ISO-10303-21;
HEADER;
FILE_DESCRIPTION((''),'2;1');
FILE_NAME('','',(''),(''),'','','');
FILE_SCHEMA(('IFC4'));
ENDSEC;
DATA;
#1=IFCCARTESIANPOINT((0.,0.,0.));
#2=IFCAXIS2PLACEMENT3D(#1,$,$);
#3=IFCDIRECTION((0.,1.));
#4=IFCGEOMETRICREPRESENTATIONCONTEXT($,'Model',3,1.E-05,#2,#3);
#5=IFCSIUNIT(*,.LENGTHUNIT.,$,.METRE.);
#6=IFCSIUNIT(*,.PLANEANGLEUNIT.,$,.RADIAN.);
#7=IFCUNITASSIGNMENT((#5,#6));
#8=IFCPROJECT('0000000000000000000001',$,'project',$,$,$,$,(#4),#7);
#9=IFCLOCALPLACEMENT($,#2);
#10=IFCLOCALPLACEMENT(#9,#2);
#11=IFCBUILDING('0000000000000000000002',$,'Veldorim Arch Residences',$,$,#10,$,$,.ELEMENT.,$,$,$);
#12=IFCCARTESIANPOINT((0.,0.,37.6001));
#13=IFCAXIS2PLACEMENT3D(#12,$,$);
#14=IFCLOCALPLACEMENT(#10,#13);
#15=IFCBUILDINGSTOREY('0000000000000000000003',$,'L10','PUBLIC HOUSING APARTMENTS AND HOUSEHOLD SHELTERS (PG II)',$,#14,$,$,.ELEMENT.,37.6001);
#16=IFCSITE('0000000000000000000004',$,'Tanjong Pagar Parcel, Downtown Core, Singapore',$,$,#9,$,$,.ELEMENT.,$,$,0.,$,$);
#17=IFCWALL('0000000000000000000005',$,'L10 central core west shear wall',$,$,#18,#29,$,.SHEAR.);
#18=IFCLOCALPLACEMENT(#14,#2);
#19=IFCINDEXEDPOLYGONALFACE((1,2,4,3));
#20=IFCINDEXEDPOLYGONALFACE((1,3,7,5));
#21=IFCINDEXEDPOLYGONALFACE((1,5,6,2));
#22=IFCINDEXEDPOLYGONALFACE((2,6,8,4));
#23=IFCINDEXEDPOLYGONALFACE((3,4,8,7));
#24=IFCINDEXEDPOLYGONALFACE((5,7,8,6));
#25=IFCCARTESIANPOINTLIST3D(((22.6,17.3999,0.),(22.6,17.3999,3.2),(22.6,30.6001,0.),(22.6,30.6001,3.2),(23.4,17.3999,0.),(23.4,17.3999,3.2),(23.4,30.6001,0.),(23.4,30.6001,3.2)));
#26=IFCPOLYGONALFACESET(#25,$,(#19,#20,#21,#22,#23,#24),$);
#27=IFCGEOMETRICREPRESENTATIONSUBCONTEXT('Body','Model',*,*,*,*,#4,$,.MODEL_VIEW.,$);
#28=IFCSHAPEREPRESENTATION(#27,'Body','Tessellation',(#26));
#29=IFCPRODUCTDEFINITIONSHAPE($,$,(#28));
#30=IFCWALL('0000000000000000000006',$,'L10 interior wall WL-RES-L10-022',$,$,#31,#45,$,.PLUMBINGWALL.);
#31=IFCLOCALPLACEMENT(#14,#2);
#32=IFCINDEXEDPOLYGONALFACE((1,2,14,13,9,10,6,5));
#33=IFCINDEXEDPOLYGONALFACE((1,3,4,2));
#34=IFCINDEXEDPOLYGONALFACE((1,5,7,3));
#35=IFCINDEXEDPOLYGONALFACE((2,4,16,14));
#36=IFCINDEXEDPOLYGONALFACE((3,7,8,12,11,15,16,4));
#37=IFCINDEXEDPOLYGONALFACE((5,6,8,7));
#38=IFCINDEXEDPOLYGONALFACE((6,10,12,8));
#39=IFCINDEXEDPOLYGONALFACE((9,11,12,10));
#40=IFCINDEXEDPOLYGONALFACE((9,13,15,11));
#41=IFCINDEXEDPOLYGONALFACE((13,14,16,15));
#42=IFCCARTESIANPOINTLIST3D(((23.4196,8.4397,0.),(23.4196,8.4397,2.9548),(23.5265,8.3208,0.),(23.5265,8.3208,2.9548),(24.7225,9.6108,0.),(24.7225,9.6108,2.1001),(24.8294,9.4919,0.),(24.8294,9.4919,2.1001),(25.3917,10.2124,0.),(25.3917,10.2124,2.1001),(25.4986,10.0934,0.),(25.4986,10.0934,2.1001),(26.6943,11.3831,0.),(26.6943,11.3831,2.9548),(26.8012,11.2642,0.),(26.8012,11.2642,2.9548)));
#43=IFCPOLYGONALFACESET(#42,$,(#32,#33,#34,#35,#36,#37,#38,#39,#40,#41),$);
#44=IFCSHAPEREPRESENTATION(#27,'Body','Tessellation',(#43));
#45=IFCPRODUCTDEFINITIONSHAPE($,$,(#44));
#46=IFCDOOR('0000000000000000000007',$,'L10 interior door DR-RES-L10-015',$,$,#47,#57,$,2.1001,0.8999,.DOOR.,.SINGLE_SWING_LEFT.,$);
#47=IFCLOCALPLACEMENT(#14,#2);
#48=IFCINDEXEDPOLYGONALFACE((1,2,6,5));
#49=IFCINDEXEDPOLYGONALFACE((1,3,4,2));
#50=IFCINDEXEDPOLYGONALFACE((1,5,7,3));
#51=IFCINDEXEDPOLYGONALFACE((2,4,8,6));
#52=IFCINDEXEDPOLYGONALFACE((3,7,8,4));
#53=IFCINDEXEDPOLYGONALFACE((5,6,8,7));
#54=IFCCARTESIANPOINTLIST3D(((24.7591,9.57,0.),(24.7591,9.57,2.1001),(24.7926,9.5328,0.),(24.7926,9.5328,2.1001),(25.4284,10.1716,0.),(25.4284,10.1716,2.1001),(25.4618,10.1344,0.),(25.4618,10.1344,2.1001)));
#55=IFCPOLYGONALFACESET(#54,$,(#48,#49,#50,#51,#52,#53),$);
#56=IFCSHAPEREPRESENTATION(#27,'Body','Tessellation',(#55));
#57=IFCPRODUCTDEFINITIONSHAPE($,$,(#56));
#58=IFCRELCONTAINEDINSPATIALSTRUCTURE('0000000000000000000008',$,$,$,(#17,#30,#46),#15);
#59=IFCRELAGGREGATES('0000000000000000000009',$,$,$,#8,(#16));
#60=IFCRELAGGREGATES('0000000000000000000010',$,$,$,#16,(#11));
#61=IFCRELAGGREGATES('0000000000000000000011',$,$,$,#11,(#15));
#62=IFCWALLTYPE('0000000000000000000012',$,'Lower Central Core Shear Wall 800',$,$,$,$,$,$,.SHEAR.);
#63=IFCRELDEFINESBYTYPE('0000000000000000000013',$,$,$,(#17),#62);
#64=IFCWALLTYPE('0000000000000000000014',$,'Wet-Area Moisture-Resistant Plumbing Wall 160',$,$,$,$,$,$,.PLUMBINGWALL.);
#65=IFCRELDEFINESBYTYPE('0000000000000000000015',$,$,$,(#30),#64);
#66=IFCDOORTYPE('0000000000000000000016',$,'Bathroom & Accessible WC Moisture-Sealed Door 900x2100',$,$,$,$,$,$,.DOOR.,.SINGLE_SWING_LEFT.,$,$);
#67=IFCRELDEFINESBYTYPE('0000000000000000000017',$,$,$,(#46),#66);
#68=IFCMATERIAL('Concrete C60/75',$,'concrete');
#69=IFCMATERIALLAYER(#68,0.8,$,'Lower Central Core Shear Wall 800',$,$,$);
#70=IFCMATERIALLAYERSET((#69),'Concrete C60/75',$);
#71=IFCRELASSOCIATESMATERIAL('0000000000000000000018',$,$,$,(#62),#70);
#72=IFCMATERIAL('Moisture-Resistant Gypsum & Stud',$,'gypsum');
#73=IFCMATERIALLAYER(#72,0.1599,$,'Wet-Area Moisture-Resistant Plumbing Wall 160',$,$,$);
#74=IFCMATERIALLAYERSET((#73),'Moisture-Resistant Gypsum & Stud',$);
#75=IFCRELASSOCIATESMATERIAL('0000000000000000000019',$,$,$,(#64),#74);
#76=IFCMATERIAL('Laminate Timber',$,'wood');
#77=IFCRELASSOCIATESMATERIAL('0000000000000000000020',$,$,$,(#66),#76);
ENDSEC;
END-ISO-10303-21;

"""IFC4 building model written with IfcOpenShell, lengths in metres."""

from ifc_helpers import new_model, si_unit, direction, frame, frame_2d, origin, place, context, subcontext, project, spatial, rectangle, extrude, material, layer, layer_set, type_object, element, fill, save


model = new_model("IFC4")

# Units and contexts
model_context = context("Model", 3, precision=1e-05, world=origin(), true_north=direction((0.0, 1.0)))
body_context = subcontext(model_context, "Body", "Model", "MODEL_VIEW")
ifc_project = project(units=[si_unit("LENGTHUNIT", "METRE"), si_unit("PLANEANGLEUNIT", "RADIAN")], contexts=[model_context])

# Site, building, storey
site_placement = place(None, origin())
site = spatial("IfcSite", under=ifc_project, at=site_placement, Name="Tanjong Pagar Parcel, Downtown Core, Singapore", CompositionType="ELEMENT", RefElevation=0.0)
building_placement = place(site_placement, origin())
building = spatial("IfcBuilding", under=site, at=building_placement, Name="Veldorim Arch Residences", CompositionType="ELEMENT")
storey_placement = place(building_placement, frame((0.0, 0.0, 37.6001)))
storey = spatial("IfcBuildingStorey", under=building, at=storey_placement, Name="L10", Description="PUBLIC HOUSING APARTMENTS AND HOUSEHOLD SHELTERS (PG II)", CompositionType="ELEMENT", Elevation=37.6001)

# Shared definitions
ifc_material_1 = material(Name="Concrete C60/75", Category="concrete")
ifc_layer_1 = layer(ifc_material_1, 0.8, Name="Lower Central Core Shear Wall 800")
ifc_layer_set_1 = layer_set([ifc_layer_1], Name="Concrete C60/75")
wall_type_1 = type_object("IfcWallType", Name="Lower Central Core Shear Wall 800", PredefinedType="SHEAR", material=ifc_layer_set_1)

# Wall
wall_1_placement = place(storey_placement, frame((23.0, 17.3999, 0.0), z_axis=(0.0, 0.0, 1.0), x_axis=(0.0, 1.0, 0.0)))
element("IfcWall", 1, at=wall_1_placement, inside=storey, type_object=wall_type_1, Name="L10 central core west shear wall", PredefinedType="SHEAR", context=body_context, shape_type="SweptSolid", body=[
    extrude(rectangle(XDim=13.2002, YDim=0.8, at=frame_2d((6.6001, 0.0))), origin(), (0.0, 0.0, 1.0), 3.2),
])

# Wall, opening, door
ifc_material_2 = material(Name="Moisture-Resistant Gypsum & Stud", Category="gypsum")
ifc_layer_2 = layer(ifc_material_2, 0.1599, Name="Wet-Area Moisture-Resistant Plumbing Wall 160")
ifc_layer_set_2 = layer_set([ifc_layer_2], Name="Moisture-Resistant Gypsum & Stud")
wall_type_2 = type_object("IfcWallType", Name="Wet-Area Moisture-Resistant Plumbing Wall 160", PredefinedType="PLUMBINGWALL", material=ifc_layer_set_2)
wall_2_placement = place(storey_placement, frame((26.7478, 11.3237, 0.0), z_axis=(0.0, 0.0, 1.0), x_axis=(-0.743727, -0.668484, 0.0)))
wall_2 = element("IfcWall", 2, at=wall_2_placement, inside=storey, type_object=wall_type_2, Name="L10 interior wall WL-RES-L10-022", PredefinedType="PLUMBINGWALL", context=body_context, shape_type="SweptSolid", body=[
    extrude(rectangle(XDim=4.4031, YDim=0.1599, at=frame_2d((2.2017, 0.0))), origin(), (0.0, 0.0, 1.0), 2.9548),
])
opening_1_placement = place(wall_2_placement, frame((1.7515, 0.0, 0.0)))
opening_1 = element("IfcOpeningElement", 3, at=opening_1_placement, cuts=wall_2, PredefinedType="OPENING", context=body_context, shape_type="SweptSolid", body=[
    extrude(rectangle(XDim=0.8999, YDim=2.1001, at=frame_2d((0.45, 1.05))), frame((0.0, 0.0898, 0.0), z_axis=(0.0, -1.0, 0.0), x_axis=(1.0, 0.0, 0.0)), (0.0, 0.0, 1.0), 0.1799),
])
ifc_material_3 = material(Name="Laminate Timber", Category="wood")
door_type_1 = type_object("IfcDoorType", Name="Bathroom & Accessible WC Moisture-Sealed Door 900x2100", OperationType="SINGLE_SWING_LEFT", PredefinedType="DOOR", material=ifc_material_3)
door_1_placement = place(opening_1_placement, origin())
door_1 = element("IfcDoor", 4, at=door_1_placement, inside=storey, type_object=door_type_1, Name="L10 interior door DR-RES-L10-015", OperationType="SINGLE_SWING_LEFT", OverallHeight=2.1001, OverallWidth=0.8999, PredefinedType="DOOR", context=body_context, shape_type="SweptSolid", body=[
    extrude(rectangle(XDim=0.8999, YDim=2.1001, at=frame_2d((0.45, 1.05))), frame((0.0, 0.0249, 0.0), z_axis=(0.0, -1.0, 0.0), x_axis=(1.0, 0.0, 0.0)), (0.0, 0.0, 1.0), 0.05),
])
fill(opening_1, door_1)

save(model, "model.ifc")
